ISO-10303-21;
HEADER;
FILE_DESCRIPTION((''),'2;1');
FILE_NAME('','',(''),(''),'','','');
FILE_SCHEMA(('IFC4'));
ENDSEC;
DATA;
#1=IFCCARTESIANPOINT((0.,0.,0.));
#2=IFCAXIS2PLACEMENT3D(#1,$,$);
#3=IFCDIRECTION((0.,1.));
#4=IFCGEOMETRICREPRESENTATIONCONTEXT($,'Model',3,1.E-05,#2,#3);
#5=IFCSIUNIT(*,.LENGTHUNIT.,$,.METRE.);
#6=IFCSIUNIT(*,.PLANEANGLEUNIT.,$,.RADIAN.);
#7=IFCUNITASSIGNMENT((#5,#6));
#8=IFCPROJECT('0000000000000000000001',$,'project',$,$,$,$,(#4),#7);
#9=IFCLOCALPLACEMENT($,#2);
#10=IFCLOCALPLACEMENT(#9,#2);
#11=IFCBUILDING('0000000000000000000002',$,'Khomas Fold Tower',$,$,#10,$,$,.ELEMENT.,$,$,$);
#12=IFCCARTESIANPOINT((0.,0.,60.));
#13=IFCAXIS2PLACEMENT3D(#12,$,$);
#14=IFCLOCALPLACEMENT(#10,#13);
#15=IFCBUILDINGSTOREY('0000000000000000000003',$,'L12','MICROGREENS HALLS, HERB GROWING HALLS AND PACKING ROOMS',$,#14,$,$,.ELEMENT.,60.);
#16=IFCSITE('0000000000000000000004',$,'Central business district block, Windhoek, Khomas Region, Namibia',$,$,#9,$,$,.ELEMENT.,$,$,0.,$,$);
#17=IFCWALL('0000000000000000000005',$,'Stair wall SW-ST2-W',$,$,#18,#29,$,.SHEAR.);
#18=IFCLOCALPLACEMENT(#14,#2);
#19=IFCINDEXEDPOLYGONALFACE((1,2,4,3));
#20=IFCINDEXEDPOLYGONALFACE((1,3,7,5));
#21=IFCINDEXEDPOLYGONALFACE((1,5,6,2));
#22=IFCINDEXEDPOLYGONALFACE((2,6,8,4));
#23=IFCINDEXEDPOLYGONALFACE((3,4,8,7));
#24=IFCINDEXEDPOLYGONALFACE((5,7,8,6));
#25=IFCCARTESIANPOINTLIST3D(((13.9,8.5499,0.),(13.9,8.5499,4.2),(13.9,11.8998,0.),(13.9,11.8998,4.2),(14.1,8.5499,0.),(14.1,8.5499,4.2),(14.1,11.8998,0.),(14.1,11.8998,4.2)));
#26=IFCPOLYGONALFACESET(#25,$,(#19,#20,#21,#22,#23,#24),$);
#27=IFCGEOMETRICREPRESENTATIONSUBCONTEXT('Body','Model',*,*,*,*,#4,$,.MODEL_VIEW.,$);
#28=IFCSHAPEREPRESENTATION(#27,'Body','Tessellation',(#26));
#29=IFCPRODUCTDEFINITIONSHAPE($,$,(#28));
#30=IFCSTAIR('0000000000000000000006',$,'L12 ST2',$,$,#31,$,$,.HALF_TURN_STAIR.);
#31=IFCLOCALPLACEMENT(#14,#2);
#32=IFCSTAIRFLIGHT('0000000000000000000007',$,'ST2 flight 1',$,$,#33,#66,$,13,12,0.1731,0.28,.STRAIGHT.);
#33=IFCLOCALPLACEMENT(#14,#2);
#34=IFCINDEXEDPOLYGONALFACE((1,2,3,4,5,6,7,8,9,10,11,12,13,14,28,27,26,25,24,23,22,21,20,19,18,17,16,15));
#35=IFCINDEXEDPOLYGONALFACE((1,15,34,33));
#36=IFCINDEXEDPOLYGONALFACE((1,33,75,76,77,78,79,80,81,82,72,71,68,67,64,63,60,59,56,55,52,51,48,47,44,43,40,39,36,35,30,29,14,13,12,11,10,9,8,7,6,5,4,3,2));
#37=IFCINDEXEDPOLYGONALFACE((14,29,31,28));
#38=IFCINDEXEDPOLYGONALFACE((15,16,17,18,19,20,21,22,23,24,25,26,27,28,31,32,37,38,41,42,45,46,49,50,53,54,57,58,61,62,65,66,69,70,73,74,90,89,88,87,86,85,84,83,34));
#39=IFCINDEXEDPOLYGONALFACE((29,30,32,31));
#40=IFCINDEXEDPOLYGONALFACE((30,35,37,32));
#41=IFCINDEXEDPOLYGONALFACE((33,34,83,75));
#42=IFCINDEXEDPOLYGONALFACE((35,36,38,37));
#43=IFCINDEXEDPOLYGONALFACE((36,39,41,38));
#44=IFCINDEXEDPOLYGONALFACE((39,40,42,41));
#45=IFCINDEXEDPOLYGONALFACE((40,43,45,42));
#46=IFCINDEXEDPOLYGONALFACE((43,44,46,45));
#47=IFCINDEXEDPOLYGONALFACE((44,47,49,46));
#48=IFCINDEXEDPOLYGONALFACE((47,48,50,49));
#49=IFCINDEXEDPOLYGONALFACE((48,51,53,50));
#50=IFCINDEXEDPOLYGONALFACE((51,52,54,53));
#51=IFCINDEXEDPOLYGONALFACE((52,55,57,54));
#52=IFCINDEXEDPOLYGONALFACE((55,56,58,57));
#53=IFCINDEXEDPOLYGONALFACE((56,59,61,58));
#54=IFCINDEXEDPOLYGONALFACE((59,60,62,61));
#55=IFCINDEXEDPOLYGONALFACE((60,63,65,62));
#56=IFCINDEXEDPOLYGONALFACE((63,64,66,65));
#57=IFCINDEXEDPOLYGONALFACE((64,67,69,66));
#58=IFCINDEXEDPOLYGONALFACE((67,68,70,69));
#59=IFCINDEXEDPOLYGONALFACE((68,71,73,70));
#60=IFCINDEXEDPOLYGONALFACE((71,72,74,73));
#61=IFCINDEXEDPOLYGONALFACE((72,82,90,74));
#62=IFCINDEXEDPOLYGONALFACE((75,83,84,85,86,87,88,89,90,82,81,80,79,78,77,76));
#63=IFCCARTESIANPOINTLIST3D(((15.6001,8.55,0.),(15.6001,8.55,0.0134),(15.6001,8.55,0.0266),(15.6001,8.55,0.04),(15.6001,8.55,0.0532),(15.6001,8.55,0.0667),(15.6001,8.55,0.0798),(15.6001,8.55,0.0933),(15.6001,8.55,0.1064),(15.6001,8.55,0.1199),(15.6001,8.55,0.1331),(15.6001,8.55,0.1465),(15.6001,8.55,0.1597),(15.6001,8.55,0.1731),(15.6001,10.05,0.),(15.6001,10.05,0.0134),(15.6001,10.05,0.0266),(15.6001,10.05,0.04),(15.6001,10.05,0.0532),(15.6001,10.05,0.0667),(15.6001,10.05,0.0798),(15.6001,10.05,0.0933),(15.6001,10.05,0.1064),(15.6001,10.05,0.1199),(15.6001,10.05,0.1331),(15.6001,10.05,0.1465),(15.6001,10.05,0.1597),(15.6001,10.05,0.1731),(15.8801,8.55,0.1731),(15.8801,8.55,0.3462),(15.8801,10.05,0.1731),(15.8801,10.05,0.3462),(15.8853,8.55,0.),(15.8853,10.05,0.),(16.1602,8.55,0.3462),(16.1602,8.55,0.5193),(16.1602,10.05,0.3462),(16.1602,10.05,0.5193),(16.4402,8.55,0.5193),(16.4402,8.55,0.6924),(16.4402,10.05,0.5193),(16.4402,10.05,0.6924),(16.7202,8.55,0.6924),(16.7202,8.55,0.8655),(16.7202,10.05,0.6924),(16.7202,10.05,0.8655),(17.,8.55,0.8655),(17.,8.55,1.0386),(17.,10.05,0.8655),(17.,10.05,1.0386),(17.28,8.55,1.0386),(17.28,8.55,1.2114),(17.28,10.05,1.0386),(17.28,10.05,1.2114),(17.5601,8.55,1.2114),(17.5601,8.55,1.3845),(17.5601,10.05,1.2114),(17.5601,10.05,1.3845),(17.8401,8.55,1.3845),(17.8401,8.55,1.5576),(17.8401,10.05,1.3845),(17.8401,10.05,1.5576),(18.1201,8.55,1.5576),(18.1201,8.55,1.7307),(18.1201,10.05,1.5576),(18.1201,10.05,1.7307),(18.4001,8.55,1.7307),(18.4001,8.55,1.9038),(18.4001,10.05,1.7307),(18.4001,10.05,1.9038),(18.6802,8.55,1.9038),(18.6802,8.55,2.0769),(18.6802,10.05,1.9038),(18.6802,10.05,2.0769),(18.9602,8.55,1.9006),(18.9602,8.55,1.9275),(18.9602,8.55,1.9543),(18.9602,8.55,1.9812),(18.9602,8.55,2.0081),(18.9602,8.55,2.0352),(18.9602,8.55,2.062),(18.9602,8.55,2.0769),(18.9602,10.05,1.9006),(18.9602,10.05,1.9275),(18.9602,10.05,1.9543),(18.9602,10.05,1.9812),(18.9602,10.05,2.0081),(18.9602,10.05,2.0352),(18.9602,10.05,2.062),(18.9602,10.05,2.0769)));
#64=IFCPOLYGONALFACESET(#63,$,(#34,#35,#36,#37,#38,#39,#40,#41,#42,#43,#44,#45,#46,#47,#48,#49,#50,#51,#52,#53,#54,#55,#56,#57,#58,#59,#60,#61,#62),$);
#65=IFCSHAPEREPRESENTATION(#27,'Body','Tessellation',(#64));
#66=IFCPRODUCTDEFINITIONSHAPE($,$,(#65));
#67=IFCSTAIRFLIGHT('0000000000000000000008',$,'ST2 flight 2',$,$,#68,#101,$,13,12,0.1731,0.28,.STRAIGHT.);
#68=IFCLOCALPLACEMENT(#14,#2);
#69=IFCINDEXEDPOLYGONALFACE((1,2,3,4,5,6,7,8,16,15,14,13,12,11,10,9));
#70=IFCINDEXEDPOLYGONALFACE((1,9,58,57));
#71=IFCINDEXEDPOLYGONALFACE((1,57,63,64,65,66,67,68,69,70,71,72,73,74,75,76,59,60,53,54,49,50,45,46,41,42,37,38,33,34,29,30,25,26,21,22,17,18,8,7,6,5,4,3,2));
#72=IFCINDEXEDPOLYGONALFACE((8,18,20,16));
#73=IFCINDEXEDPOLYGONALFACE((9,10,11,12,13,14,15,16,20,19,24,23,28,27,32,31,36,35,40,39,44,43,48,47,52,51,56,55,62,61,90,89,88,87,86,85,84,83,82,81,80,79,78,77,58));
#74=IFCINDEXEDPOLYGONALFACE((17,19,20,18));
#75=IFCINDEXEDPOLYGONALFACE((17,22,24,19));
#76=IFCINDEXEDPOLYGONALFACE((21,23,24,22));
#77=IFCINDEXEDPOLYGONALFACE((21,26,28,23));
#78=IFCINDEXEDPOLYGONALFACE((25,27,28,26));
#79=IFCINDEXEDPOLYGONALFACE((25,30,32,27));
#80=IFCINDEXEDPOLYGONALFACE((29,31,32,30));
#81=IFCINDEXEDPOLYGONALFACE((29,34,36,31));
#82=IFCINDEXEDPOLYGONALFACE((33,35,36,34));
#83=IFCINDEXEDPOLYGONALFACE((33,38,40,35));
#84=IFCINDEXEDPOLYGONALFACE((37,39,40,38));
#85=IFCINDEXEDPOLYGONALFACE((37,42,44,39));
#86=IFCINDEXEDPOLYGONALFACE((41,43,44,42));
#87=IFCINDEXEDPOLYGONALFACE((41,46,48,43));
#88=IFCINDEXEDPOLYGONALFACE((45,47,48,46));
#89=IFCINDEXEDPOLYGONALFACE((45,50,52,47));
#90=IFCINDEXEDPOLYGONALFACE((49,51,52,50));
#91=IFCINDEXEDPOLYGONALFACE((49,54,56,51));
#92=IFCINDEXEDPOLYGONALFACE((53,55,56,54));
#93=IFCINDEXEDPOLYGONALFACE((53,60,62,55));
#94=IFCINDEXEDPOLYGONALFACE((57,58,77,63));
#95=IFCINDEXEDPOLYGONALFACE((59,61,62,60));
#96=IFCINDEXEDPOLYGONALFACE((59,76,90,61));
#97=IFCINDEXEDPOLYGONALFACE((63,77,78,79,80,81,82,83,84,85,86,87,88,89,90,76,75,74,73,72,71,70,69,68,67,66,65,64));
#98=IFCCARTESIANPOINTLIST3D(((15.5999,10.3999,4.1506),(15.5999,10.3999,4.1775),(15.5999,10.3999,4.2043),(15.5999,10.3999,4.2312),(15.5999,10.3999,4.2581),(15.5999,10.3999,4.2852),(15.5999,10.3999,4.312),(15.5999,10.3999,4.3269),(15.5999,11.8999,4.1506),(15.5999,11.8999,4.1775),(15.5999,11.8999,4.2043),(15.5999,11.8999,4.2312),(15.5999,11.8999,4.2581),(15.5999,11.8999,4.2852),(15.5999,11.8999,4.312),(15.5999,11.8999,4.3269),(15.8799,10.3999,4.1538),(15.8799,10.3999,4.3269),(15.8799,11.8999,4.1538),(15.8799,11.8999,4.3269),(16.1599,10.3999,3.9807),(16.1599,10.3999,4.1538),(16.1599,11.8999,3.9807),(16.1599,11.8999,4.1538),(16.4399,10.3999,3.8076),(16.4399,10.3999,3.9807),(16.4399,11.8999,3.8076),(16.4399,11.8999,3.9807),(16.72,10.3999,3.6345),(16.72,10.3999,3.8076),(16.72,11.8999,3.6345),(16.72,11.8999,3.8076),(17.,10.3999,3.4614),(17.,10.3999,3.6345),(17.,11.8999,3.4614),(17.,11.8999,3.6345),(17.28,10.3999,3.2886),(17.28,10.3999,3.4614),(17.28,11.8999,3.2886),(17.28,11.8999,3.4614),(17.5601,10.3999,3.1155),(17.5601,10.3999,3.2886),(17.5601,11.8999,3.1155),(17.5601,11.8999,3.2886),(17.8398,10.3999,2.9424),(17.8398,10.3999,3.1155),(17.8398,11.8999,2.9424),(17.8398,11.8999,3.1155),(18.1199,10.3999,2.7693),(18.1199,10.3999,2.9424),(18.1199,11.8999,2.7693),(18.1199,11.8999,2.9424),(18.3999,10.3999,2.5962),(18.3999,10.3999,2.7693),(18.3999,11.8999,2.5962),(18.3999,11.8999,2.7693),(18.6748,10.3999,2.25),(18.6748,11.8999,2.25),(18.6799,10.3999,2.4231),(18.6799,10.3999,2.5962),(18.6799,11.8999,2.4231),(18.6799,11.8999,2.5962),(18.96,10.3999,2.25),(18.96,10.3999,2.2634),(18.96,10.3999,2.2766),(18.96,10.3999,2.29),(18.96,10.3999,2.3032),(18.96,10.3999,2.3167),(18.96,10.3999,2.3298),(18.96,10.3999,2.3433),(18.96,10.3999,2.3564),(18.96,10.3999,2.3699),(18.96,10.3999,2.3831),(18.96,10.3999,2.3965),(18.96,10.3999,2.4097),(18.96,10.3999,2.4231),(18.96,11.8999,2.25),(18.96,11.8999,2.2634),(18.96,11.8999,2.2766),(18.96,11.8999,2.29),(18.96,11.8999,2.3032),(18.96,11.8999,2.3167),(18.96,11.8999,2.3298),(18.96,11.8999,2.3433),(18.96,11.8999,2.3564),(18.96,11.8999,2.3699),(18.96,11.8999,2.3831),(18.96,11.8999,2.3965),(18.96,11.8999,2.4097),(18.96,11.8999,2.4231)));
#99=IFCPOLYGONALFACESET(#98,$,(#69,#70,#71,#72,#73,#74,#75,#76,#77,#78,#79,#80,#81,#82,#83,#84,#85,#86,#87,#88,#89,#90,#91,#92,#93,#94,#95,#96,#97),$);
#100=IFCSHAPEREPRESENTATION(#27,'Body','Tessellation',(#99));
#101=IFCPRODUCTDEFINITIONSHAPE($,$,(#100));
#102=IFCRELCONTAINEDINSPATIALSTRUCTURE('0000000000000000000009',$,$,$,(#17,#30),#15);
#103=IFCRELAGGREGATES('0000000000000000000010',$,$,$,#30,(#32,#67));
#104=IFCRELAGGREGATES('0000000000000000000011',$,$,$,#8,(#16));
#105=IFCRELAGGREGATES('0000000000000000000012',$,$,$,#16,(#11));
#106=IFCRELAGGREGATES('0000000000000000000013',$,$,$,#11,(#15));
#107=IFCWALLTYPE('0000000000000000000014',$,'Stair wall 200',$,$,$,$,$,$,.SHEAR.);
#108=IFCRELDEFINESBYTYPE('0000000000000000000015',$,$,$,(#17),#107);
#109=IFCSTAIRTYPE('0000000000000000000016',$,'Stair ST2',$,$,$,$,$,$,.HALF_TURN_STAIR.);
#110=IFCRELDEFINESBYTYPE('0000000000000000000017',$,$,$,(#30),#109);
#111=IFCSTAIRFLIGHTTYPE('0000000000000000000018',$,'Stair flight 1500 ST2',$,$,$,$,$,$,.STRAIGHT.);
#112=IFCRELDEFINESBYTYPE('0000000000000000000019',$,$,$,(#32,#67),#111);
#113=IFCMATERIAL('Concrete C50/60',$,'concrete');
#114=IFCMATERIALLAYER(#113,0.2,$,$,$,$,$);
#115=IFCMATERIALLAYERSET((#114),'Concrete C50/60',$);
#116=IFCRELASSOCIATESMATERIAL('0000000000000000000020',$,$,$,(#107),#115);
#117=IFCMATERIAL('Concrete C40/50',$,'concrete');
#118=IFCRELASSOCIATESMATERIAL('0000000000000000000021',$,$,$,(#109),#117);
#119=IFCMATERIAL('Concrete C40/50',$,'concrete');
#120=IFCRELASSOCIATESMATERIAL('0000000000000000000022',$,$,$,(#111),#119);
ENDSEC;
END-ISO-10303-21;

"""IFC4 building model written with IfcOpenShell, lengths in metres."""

from ifc_helpers import new_model, si_unit, direction, frame, frame_2d, origin, place, context, subcontext, project, spatial, polyline, rectangle, outline, extrude, source, transform, mapped, material, layer, layer_set, type_object, element, aggregate, save


model = new_model("IFC4")

# Units and contexts
model_context = context("Model", 3, precision=1e-05, world=origin(), true_north=direction((0.0, 1.0)))
body_context = subcontext(model_context, "Body", "Model", "MODEL_VIEW")
ifc_project = project(units=[si_unit("LENGTHUNIT", "METRE"), si_unit("PLANEANGLEUNIT", "RADIAN")], contexts=[model_context])

# Site, building, storey
site_placement = place(None, origin())
site = spatial("IfcSite", under=ifc_project, at=site_placement, Name="Central business district block, Windhoek, Khomas Region, Namibia", CompositionType="ELEMENT", RefElevation=0.0)
building_placement = place(site_placement, origin())
building = spatial("IfcBuilding", under=site, at=building_placement, Name="Khomas Fold Tower", CompositionType="ELEMENT")
storey_placement = place(building_placement, frame((0.0, 0.0, 60.0)))
storey = spatial("IfcBuildingStorey", under=building, at=storey_placement, Name="L12", Description="MICROGREENS HALLS, HERB GROWING HALLS AND PACKING ROOMS", CompositionType="ELEMENT", Elevation=60.0)

# Shared definitions
ifc_material_1 = material(Name="Concrete C50/60", Category="concrete")
ifc_layer_1 = layer(ifc_material_1, 0.2)
ifc_layer_set_1 = layer_set([ifc_layer_1], Name="Concrete C50/60")
wall_type_1 = type_object("IfcWallType", Name="Stair wall 200", PredefinedType="SHEAR", material=ifc_layer_set_1)

# Wall
shared_shape_1 = source(origin(), body_context, "Body", "SweptSolid", [
    extrude(rectangle(XDim=3.3499, YDim=0.2, at=frame_2d((1.6748, 0.0))), origin(), (0.0, 0.0, 1.0), 4.2),
])
wall_1_placement = place(storey_placement, frame((14.0, 8.55, 0.0), z_axis=(0.0, 0.0, 1.0), x_axis=(0.0, 1.0, 0.0)))
element("IfcWall", 1, at=wall_1_placement, inside=storey, type_object=wall_type_1, Name="Stair wall SW-ST2-W", PredefinedType="SHEAR", context=body_context, shape_type="MappedRepresentation", body=[
    mapped(shared_shape_1, transform((0.0, 0.0, 0.0))),
])

# Stair, stair flights
ifc_material_2 = material(Name="Concrete C40/50", Category="concrete")
stair_type = type_object("IfcStairType", Name="Stair ST2", PredefinedType="HALF_TURN_STAIR", material=ifc_material_2)
stair_placement = place(storey_placement, origin())
stair = element("IfcStair", 2, at=stair_placement, inside=storey, type_object=stair_type, Name="L12 ST2", PredefinedType="HALF_TURN_STAIR")
ifc_material_3 = material(Name="Concrete C40/50", Category="concrete")
stair_flight_type = type_object("IfcStairFlightType", Name="Stair flight 1500 ST2", PredefinedType="STRAIGHT", material=ifc_material_3)
shared_shape_2 = source(origin(), body_context, "Body", "SweptSolid", [
    extrude(outline(polyline([(0.0, 0.0), (0.0, 0.0134), (0.0, 0.0266), (0.0, 0.04), (0.0, 0.0532), (0.0, 0.0667), (0.0, 0.0798), (0.0, 0.0933), (0.0, 0.1064), (0.0, 0.1199), (0.0, 0.1331), (0.0, 0.1465), (0.0, 0.1597), (0.0, 0.1731), (0.28, 0.1731), (0.28, 0.3462), (0.5601, 0.3462), (0.5601, 0.5193), (0.8401, 0.5193), (0.8401, 0.6924), (1.1201, 0.6924), (1.1201, 0.8655), (1.3999, 0.8655), (1.3999, 1.0386), (1.6799, 1.0386), (1.6799, 1.2114), (1.96, 1.2114), (1.96, 1.3845), (2.24, 1.3845), (2.24, 1.5576), (2.52, 1.5576), (2.52, 1.7307), (2.8, 1.7307), (2.8, 1.9038), (3.0801, 1.9038), (3.0801, 2.0769), (3.3601, 2.0769), (3.3601, 2.25), (3.3601, 2.2231), (3.3601, 2.1963), (3.3601, 2.1694), (3.3601, 2.1426), (3.3601, 2.1157), (3.3601, 2.0889), (3.3601, 2.062), (3.3601, 2.0352), (3.3601, 2.0081), (3.3601, 1.9812), (3.3601, 1.9543), (3.3601, 1.9275), (3.3601, 1.9006), (0.2852, 0.0), (0.0, 0.0)])), frame((0.0, 0.75, 0.0), z_axis=(0.0, -1.0, 0.0), x_axis=(1.0, 0.0, 0.0)), (0.0, 0.0, 1.0), 1.5),
])
stair_flight_1_placement = place(storey_placement, frame((15.6001, 9.3, 0.0), z_axis=(0.0, 0.0, 1.0), x_axis=(1.0, 0.0, 0.0)))
stair_flight_1 = element("IfcStairFlight", 3, at=stair_flight_1_placement, type_object=stair_flight_type, Name="ST2 flight 1", NumberOfRisers=13, NumberOfTreads=12, PredefinedType="STRAIGHT", RiserHeight=0.1731, TreadLength=0.28, context=body_context, shape_type="MappedRepresentation", body=[
    mapped(shared_shape_2, transform((0.0, 0.0, 0.0))),
])
stair_flight_2_placement = place(storey_placement, frame((18.96, 11.1499, 2.25), z_axis=(0.0, 0.0, 1.0), x_axis=(-1.0, 0.0, 0.0)))
stair_flight_2 = element("IfcStairFlight", 4, at=stair_flight_2_placement, type_object=stair_flight_type, Name="ST2 flight 2", NumberOfRisers=13, NumberOfTreads=12, PredefinedType="STRAIGHT", RiserHeight=0.1731, TreadLength=0.28, context=body_context, shape_type="MappedRepresentation", body=[
    mapped(shared_shape_2, transform((0.0, 0.0, 0.0))),
])
aggregate(stair, [stair_flight_1, stair_flight_2])

save(model, "model.ifc")
